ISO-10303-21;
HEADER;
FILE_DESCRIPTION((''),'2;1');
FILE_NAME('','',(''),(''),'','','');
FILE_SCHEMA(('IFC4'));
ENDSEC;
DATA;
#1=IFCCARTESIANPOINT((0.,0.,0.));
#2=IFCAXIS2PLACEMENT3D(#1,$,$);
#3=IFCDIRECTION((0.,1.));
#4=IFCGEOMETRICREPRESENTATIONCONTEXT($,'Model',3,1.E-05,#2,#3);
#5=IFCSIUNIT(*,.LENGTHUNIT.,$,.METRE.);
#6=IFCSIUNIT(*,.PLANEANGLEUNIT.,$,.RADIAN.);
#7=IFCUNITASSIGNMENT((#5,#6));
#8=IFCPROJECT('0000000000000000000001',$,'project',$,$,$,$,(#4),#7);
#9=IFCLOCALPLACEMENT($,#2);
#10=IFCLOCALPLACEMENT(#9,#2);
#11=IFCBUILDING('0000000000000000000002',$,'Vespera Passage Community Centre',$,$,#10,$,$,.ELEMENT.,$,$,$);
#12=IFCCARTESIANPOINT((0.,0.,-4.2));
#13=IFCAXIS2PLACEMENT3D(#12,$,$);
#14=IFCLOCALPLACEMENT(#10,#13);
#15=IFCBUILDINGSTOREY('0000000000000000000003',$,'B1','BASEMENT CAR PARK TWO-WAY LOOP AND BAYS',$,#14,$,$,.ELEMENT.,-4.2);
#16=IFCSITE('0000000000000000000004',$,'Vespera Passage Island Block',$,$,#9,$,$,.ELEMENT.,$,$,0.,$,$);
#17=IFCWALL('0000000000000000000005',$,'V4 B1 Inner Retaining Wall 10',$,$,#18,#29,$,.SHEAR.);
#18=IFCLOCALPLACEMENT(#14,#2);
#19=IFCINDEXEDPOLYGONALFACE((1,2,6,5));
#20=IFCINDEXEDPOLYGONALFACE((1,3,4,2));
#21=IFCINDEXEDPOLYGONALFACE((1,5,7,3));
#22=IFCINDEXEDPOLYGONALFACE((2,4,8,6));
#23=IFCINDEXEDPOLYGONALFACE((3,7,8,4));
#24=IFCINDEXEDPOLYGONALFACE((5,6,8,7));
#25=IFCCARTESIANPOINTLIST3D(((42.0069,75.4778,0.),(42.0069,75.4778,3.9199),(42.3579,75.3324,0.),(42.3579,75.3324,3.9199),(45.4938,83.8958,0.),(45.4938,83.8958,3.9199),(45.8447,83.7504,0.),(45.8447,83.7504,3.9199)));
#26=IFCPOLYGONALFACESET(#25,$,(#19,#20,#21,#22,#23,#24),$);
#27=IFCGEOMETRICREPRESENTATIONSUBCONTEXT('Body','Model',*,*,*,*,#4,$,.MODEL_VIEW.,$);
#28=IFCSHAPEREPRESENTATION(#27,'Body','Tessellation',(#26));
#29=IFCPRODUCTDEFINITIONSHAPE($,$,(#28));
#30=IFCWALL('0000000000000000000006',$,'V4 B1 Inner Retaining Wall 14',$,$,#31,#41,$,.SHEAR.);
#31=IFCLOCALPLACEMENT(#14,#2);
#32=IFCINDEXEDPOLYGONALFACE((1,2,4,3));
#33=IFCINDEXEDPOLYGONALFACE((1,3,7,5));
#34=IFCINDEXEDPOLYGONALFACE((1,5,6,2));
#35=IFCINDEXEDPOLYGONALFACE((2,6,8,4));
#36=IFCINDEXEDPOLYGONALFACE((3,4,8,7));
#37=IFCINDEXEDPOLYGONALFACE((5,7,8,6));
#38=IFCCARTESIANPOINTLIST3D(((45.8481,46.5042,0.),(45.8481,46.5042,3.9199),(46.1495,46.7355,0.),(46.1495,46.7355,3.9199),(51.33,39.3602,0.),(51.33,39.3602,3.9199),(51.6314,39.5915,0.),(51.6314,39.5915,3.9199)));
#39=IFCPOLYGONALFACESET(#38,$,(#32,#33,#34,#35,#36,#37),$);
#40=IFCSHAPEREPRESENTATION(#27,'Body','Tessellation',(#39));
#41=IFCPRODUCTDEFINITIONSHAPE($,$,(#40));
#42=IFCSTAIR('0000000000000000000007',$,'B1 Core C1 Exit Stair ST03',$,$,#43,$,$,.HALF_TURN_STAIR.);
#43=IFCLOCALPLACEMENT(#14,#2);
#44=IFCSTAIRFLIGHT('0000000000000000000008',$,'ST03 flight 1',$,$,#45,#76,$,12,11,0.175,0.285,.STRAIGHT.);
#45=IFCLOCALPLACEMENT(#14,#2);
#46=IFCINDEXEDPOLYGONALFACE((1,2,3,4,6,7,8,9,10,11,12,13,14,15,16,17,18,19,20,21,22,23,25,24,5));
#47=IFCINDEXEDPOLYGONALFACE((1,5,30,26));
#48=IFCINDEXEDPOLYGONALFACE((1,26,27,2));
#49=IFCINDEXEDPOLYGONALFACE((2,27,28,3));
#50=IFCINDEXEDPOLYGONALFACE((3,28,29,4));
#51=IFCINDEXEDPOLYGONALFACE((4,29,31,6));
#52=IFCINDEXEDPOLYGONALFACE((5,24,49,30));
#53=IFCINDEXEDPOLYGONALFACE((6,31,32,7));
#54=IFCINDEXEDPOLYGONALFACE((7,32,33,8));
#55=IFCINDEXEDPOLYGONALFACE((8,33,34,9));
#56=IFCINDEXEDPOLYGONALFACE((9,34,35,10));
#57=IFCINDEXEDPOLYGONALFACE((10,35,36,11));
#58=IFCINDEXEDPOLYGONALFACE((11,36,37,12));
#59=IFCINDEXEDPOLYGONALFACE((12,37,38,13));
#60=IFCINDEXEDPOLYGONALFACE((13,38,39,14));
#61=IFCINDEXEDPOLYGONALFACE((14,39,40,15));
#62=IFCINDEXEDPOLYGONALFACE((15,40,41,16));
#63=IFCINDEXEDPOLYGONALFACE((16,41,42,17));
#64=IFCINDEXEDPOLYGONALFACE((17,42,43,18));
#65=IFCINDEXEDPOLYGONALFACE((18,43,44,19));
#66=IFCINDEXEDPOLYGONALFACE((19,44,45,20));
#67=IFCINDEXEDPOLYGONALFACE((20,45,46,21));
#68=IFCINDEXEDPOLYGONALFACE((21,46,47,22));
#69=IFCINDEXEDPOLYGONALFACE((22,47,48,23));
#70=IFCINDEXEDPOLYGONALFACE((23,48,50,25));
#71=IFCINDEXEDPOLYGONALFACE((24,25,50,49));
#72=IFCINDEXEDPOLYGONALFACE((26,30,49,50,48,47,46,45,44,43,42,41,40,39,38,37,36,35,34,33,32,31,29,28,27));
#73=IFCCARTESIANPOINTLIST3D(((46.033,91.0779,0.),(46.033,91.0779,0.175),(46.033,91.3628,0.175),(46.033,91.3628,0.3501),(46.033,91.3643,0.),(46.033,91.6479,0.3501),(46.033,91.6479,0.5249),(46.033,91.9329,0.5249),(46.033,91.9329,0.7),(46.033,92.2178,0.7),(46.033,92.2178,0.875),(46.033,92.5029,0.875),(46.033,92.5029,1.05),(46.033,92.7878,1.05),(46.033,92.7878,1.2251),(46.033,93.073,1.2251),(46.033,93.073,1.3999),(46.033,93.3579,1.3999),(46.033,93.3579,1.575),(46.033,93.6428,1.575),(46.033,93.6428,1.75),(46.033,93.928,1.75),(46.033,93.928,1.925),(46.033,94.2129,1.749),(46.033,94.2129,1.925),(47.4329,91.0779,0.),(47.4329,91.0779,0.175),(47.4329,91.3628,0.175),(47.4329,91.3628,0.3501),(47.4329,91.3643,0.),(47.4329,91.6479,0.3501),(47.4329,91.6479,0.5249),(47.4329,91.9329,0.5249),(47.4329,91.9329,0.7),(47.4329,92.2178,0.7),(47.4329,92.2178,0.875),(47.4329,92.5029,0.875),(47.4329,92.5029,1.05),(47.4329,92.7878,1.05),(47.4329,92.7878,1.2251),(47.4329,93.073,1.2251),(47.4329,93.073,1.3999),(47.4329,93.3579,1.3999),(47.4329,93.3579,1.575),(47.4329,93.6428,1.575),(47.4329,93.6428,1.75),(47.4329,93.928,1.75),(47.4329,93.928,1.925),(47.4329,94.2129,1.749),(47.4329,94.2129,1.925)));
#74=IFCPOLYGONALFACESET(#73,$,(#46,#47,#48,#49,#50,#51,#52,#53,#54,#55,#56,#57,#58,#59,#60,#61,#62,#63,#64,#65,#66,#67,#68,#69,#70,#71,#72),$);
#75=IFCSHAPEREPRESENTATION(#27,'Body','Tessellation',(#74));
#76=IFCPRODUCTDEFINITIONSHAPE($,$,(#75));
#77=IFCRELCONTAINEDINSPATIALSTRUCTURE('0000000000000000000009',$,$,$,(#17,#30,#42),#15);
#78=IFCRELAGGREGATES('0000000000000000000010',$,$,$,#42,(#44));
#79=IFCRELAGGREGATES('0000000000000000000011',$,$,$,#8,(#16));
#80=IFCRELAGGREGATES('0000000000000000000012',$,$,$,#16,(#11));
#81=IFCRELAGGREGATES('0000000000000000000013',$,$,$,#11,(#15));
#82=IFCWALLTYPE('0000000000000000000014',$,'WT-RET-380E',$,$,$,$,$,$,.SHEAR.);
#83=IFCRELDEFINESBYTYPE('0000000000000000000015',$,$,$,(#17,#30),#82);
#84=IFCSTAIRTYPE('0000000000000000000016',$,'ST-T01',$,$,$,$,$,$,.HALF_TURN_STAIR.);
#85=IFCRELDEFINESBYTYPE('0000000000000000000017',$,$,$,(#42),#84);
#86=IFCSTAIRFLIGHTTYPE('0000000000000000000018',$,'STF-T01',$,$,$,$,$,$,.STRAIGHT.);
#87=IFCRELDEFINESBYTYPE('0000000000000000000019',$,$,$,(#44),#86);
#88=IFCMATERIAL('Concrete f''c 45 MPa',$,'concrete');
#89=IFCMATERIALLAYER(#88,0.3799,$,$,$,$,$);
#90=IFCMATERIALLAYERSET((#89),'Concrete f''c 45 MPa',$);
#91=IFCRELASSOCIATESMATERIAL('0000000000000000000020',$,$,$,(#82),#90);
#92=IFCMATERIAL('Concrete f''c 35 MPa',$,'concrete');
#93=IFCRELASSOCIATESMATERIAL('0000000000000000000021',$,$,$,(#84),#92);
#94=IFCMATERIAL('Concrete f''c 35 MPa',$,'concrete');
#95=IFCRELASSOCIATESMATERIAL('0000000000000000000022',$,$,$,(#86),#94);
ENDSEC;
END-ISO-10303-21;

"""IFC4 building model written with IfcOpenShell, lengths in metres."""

from ifc_helpers import new_model, si_unit, direction, frame, frame_2d, origin, place, context, subcontext, project, spatial, polyline, rectangle, outline, extrude, material, layer, layer_set, type_object, element, aggregate, save


model = new_model("IFC4")

# Units and contexts
model_context = context("Model", 3, precision=1e-05, world=origin(), true_north=direction((0.0, 1.0)))
body_context = subcontext(model_context, "Body", "Model", "MODEL_VIEW")
ifc_project = project(units=[si_unit("LENGTHUNIT", "METRE"), si_unit("PLANEANGLEUNIT", "RADIAN")], contexts=[model_context])

# Site, building, storey
site_placement = place(None, origin())
site = spatial("IfcSite", under=ifc_project, at=site_placement, Name="Vespera Passage Island Block", CompositionType="ELEMENT", RefElevation=0.0)
building_placement = place(site_placement, origin())
building = spatial("IfcBuilding", under=site, at=building_placement, Name="Vespera Passage Community Centre", CompositionType="ELEMENT")
storey_placement = place(building_placement, frame((0.0, 0.0, -4.2)))
storey = spatial("IfcBuildingStorey", under=building, at=storey_placement, Name="B1", Description="BASEMENT CAR PARK TWO-WAY LOOP AND BAYS", CompositionType="ELEMENT", Elevation=-4.2)

# Walls
ifc_material_1 = material(Name="Concrete f'c 45 MPa", Category="concrete")
ifc_layer_1 = layer(ifc_material_1, 0.3799)
ifc_layer_set_1 = layer_set([ifc_layer_1], Name="Concrete f'c 45 MPa")
wall_type_1 = type_object("IfcWallType", Name="WT-RET-380E", PredefinedType="SHEAR", material=ifc_layer_set_1)
wall_1_placement = place(storey_placement, frame((45.6692, 83.823, 0.0), z_axis=(0.0, 0.0, 1.0), x_axis=(-0.382682, -0.92388, 0.0)))
element("IfcWall", 1, at=wall_1_placement, inside=storey, type_object=wall_type_1, Name="V4 B1 Inner Retaining Wall 10", PredefinedType="SHEAR", context=body_context, shape_type="SweptSolid", body=[
    extrude(rectangle(XDim=9.1116, YDim=0.3799, at=frame_2d((4.5557, 0.0))), origin(), (0.0, 0.0, 1.0), 3.9199),
])
wall_2_placement = place(storey_placement, frame((45.9988, 46.6199, 0.0), z_axis=(0.0, 0.0, 1.0), x_axis=(0.60877, -0.793347, 0.0)))
element("IfcWall", 2, at=wall_2_placement, inside=storey, type_object=wall_type_1, Name="V4 B1 Inner Retaining Wall 14", PredefinedType="SHEAR", context=body_context, shape_type="SweptSolid", body=[
    extrude(rectangle(XDim=9.0049, YDim=0.3799, at=frame_2d((4.5024, 0.0))), origin(), (0.0, 0.0, 1.0), 3.9199),
])

# Stair, stair flight
ifc_material_2 = material(Name="Concrete f'c 35 MPa", Category="concrete")
stair_type = type_object("IfcStairType", Name="ST-T01", PredefinedType="HALF_TURN_STAIR", material=ifc_material_2)
stair_placement = place(storey_placement, origin())
stair = element("IfcStair", 3, at=stair_placement, inside=storey, type_object=stair_type, Name="B1 Core C1 Exit Stair ST03", PredefinedType="HALF_TURN_STAIR")
ifc_material_3 = material(Name="Concrete f'c 35 MPa", Category="concrete")
stair_flight_type = type_object("IfcStairFlightType", Name="STF-T01", PredefinedType="STRAIGHT", material=ifc_material_3)
stair_flight_placement = place(storey_placement, frame((46.7329, 91.0779, 0.0), z_axis=(0.0, 0.0, 1.0), x_axis=(0.0, 1.0, 0.0)))
stair_flight = element("IfcStairFlight", 4, at=stair_flight_placement, type_object=stair_flight_type, Name="ST03 flight 1", NumberOfRisers=12, NumberOfTreads=11, PredefinedType="STRAIGHT", RiserHeight=0.175, TreadLength=0.285, context=body_context, shape_type="SweptSolid", body=[
    extrude(outline(polyline([(0.0, 0.0), (0.0, 0.175), (0.2849, 0.175), (0.2849, 0.3501), (0.5701, 0.3501), (0.5701, 0.5249), (0.855, 0.5249), (0.855, 0.7), (1.1399, 0.7), (1.1399, 0.875), (1.425, 0.875), (1.425, 1.05), (1.71, 1.05), (1.71, 1.2251), (1.9951, 1.2251), (1.9951, 1.3999), (2.28, 1.3999), (2.28, 1.575), (2.5649, 1.575), (2.5649, 1.75), (2.8501, 1.75), (2.8501, 1.925), (3.135, 1.925), (3.135, 2.1001), (3.135, 1.749), (0.2864, 0.0), (0.0, 0.0)])), frame((0.0, 0.7, 0.0), z_axis=(0.0, -1.0, 0.0), x_axis=(1.0, 0.0, 0.0)), (0.0, 0.0, 1.0), 1.3999),
])
aggregate(stair, [stair_flight])

save(model, "model.ifc")
